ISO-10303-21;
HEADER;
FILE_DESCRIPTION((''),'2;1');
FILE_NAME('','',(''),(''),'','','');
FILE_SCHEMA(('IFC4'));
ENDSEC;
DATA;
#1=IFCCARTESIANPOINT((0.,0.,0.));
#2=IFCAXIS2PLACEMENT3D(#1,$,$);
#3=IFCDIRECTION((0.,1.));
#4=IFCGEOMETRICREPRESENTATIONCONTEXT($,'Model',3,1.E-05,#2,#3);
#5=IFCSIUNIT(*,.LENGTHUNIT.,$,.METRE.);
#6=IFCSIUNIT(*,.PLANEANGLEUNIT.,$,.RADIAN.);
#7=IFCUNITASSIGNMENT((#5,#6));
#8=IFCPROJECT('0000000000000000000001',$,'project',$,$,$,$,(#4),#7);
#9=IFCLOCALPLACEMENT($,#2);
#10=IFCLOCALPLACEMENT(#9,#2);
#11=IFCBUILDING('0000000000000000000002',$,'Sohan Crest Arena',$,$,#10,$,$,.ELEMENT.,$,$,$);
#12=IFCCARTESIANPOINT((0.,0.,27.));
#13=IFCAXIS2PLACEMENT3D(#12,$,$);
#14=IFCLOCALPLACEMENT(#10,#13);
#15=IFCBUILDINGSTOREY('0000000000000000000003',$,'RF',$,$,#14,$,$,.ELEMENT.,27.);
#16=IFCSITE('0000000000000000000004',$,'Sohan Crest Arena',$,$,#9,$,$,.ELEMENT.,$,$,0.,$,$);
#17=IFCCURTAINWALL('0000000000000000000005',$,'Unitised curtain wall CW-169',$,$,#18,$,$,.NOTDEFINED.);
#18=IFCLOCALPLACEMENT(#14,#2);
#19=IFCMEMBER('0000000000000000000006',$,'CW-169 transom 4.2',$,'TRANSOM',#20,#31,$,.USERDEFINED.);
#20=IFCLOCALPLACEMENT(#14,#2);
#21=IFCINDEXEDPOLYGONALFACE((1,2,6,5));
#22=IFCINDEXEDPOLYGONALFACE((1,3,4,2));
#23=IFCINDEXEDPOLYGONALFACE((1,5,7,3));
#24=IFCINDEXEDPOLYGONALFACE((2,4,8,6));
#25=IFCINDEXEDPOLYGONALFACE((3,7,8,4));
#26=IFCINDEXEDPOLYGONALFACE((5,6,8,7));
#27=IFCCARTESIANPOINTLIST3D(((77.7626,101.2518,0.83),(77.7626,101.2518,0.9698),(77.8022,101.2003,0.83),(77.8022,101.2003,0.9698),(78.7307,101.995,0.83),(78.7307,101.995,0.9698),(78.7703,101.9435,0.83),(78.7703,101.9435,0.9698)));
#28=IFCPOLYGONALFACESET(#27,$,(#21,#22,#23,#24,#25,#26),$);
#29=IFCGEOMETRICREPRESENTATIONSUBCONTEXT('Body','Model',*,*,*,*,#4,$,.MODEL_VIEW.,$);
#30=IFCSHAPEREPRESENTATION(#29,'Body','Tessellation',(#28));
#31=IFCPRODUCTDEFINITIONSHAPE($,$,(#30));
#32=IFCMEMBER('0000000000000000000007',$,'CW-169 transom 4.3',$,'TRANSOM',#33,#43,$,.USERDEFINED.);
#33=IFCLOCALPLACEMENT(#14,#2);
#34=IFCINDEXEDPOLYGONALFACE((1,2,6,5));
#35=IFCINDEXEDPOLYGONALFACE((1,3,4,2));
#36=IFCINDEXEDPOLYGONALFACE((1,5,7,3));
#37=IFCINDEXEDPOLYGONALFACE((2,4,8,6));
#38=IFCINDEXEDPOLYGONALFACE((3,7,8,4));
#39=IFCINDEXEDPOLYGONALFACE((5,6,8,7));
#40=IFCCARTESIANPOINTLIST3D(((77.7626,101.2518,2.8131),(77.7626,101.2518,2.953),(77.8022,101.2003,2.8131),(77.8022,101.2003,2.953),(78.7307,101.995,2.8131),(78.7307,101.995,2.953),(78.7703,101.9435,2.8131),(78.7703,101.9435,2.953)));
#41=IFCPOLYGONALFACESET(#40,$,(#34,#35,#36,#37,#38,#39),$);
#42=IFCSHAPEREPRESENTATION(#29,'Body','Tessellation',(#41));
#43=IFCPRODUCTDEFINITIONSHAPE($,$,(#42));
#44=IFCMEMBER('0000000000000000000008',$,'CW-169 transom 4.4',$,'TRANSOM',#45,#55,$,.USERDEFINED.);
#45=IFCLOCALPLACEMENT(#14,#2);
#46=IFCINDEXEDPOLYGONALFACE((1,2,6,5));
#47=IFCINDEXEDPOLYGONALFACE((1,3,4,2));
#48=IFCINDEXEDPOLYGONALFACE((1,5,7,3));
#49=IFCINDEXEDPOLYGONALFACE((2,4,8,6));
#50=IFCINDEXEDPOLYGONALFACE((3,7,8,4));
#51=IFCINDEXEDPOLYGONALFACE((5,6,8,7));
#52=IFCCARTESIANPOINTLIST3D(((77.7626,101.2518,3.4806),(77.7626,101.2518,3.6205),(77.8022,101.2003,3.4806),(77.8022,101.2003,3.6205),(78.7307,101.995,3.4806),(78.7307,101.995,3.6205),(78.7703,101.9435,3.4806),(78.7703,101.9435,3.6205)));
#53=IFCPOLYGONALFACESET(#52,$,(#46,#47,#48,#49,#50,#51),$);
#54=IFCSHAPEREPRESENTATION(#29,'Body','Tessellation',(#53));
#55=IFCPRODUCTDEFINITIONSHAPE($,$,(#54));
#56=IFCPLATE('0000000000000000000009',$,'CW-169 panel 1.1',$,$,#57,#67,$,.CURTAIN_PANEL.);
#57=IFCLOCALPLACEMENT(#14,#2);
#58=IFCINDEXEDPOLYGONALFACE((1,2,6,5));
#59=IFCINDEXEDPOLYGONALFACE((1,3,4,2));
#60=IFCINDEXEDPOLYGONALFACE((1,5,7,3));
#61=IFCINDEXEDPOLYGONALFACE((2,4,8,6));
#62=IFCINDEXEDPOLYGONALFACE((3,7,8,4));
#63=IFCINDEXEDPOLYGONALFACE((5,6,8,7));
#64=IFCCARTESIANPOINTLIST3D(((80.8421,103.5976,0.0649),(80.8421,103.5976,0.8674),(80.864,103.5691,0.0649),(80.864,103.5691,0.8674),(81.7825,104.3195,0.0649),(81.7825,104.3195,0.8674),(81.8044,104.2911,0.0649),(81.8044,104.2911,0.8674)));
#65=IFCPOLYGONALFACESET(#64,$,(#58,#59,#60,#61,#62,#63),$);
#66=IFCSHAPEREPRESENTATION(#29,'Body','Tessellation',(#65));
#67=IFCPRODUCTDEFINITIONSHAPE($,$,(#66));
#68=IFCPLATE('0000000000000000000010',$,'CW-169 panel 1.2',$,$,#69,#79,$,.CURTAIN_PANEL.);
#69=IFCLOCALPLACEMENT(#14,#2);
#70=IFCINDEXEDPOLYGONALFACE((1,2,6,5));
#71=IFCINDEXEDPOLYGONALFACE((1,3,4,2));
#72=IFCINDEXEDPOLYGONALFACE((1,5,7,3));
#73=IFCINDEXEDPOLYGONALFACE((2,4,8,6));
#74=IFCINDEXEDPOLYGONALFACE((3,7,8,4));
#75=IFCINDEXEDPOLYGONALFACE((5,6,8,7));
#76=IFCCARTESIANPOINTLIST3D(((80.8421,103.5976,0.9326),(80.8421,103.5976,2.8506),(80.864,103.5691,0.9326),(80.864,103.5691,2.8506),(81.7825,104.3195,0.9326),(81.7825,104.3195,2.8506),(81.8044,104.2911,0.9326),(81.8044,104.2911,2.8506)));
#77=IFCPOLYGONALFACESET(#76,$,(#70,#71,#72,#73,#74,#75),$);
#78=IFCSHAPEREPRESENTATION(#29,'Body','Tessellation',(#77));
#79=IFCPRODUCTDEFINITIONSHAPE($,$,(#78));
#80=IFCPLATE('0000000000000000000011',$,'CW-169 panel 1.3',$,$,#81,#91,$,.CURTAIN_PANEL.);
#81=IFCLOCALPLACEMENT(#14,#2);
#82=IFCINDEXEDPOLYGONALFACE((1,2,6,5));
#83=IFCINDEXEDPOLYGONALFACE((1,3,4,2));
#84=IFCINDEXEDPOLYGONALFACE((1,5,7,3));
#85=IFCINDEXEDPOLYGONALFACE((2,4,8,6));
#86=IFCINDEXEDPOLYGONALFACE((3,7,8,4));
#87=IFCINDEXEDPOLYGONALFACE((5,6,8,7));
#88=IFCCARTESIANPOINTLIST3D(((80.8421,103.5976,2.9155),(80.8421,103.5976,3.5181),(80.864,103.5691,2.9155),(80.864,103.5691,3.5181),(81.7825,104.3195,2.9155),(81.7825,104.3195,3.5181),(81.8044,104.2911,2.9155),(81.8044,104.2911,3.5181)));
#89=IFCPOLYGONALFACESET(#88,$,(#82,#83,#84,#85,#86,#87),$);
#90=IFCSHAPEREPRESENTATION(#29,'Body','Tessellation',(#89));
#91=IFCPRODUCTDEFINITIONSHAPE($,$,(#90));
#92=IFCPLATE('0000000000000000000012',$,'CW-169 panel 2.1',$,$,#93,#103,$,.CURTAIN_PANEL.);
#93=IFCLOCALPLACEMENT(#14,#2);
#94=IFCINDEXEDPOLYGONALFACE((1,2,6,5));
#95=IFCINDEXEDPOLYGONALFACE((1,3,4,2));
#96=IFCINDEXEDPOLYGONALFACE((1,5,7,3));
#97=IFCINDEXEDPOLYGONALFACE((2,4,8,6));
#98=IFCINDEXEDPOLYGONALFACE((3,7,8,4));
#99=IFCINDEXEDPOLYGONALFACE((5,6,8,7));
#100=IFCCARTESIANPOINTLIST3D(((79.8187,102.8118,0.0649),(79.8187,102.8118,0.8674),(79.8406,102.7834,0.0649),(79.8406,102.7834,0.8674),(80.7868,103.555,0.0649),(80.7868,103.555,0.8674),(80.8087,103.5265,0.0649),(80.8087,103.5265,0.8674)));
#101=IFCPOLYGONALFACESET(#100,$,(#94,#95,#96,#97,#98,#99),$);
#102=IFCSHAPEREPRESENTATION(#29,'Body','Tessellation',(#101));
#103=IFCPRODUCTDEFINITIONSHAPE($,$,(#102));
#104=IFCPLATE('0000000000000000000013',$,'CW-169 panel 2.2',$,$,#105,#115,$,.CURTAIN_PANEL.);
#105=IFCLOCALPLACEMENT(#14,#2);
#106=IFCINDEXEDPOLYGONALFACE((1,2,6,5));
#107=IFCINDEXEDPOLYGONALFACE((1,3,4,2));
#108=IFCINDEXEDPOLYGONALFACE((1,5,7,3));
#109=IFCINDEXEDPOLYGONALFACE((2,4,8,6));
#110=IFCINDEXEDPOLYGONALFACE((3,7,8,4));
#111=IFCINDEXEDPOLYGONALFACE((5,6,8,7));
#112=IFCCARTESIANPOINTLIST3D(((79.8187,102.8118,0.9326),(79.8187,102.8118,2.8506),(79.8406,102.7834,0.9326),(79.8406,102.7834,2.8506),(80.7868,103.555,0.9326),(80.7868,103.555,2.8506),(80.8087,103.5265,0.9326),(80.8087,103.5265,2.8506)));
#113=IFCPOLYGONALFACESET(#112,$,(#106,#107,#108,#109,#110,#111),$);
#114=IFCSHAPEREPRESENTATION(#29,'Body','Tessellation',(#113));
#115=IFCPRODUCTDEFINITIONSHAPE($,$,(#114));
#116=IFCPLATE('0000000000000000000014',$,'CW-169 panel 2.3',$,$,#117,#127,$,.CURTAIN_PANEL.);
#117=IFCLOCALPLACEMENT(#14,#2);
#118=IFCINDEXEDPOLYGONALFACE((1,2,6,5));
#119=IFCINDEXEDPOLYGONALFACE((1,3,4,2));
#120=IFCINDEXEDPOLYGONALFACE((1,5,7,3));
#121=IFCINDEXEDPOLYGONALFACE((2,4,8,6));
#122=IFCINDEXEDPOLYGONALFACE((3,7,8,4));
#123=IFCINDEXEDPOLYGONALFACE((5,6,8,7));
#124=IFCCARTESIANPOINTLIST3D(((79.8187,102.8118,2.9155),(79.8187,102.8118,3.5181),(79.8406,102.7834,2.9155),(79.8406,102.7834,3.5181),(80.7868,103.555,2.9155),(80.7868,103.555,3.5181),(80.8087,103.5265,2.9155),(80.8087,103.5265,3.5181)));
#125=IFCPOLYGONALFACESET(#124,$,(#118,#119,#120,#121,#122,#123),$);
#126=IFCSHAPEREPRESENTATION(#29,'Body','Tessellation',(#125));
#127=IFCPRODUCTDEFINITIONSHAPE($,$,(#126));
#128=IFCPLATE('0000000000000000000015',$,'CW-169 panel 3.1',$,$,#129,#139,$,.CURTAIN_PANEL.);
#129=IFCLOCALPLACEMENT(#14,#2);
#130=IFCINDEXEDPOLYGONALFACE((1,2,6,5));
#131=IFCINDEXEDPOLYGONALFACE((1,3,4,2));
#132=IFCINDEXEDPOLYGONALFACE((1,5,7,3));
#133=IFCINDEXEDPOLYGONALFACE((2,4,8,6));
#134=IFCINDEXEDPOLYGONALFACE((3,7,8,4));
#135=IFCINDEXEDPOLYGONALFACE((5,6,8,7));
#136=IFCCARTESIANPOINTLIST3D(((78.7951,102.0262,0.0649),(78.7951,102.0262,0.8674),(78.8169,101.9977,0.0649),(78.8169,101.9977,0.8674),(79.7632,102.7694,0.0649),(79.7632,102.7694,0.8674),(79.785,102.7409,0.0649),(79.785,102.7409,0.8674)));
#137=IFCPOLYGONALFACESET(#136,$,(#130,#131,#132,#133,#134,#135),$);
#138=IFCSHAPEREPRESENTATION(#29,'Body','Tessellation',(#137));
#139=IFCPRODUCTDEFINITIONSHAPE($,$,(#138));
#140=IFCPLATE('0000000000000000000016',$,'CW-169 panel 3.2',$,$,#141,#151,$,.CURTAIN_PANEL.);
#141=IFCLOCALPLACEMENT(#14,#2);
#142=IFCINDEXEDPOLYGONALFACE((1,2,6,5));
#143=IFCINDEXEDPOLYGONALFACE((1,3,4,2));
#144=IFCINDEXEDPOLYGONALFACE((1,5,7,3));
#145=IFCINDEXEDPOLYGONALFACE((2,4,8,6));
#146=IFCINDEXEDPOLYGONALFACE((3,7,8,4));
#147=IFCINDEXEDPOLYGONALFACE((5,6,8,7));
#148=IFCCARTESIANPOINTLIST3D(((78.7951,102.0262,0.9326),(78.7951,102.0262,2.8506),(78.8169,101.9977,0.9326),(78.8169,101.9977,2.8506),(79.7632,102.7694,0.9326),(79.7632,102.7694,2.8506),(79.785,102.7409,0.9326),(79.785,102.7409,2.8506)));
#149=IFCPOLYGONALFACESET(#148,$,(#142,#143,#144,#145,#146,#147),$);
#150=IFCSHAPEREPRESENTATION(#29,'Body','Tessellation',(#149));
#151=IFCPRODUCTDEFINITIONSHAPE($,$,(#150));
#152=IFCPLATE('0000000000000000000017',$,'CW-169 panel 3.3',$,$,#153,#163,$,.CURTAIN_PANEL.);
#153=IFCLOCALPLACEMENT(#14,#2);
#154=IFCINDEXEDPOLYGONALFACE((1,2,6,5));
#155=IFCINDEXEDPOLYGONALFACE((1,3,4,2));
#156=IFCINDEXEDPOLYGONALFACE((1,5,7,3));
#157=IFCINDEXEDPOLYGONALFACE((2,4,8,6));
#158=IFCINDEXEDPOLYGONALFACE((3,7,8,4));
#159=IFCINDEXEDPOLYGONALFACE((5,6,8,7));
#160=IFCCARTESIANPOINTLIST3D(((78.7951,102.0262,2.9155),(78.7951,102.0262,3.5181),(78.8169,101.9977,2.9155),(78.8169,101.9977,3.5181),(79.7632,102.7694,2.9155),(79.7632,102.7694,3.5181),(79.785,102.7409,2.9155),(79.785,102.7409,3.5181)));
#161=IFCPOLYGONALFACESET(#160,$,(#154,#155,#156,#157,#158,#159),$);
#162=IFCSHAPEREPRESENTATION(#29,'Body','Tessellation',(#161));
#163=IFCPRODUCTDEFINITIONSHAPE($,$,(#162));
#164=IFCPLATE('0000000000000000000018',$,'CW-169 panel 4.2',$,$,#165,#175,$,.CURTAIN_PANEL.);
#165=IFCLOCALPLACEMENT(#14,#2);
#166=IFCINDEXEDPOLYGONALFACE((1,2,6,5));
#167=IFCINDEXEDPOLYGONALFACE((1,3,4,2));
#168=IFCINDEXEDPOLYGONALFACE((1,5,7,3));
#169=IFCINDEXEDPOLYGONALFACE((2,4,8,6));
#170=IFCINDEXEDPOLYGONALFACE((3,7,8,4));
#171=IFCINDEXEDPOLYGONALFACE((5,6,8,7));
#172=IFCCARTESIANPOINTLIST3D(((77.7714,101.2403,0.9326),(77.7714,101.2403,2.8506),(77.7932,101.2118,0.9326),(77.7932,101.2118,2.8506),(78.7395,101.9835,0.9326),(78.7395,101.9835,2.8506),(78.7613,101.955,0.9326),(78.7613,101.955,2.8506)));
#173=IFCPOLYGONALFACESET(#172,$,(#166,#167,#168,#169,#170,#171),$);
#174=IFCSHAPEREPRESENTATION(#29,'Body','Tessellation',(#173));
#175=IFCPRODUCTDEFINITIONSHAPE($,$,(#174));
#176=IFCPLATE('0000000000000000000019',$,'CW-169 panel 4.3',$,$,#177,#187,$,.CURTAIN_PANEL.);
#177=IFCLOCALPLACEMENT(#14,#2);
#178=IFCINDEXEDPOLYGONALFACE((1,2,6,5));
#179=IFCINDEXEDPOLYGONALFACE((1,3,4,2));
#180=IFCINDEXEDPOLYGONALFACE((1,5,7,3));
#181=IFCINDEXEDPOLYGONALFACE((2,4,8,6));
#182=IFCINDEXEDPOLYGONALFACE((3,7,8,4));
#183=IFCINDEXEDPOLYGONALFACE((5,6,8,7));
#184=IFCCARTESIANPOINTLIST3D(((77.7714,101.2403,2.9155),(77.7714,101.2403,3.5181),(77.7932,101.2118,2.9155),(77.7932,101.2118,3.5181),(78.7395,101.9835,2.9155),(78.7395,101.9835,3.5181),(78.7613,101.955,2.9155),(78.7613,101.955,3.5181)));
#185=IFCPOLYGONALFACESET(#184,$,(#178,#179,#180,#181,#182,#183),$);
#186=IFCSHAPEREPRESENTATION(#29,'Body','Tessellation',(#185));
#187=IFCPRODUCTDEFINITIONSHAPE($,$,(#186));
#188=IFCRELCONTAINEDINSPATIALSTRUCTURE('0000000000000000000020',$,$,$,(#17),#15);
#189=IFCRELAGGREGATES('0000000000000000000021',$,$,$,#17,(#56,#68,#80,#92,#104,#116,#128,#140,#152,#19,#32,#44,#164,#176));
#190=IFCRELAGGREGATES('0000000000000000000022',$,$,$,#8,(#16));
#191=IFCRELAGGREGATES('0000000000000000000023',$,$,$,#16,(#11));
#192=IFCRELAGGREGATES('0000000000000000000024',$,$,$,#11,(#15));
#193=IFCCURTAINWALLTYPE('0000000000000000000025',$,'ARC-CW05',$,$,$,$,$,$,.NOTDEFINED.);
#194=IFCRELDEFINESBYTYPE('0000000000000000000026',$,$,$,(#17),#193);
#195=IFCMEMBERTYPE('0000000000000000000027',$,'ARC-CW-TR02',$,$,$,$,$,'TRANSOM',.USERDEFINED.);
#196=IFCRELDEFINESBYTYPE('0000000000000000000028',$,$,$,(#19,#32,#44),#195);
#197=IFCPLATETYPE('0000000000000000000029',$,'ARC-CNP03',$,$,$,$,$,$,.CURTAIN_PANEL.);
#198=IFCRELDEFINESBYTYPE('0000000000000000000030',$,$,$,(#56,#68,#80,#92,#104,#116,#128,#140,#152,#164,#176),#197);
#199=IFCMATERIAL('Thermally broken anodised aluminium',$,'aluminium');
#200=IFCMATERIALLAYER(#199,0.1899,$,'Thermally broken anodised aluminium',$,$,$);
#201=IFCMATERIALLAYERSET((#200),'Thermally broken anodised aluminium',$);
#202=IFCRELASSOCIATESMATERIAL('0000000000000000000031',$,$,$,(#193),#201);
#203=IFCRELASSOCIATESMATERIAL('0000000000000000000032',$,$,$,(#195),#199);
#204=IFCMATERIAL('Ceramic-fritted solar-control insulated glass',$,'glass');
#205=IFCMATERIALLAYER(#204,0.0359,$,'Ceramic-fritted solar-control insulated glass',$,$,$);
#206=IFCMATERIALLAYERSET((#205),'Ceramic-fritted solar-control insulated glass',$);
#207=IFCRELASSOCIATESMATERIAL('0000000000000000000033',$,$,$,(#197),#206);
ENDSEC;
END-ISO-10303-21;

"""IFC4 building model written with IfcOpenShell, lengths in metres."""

from ifc_helpers import new_model, si_unit, direction, frame, origin, origin_2d, place, context, subcontext, project, spatial, rectangle, extrude, material, layer, layer_set, material_profile, profile_set, type_object, element, aggregate, save


model = new_model("IFC4")

# Units and contexts
model_context = context("Model", 3, precision=1e-05, world=origin(), true_north=direction((0.0, 1.0)))
body_context = subcontext(model_context, "Body", "Model", "MODEL_VIEW")
ifc_project = project(units=[si_unit("LENGTHUNIT", "METRE"), si_unit("PLANEANGLEUNIT", "RADIAN")], contexts=[model_context])

# Site, building, storey
site_placement = place(None, origin())
site = spatial("IfcSite", under=ifc_project, at=site_placement, Name="Sohan Crest Arena", CompositionType="ELEMENT", RefElevation=0.0)
building_placement = place(site_placement, origin())
building = spatial("IfcBuilding", under=site, at=building_placement, Name="Sohan Crest Arena", CompositionType="ELEMENT")
storey_placement = place(building_placement, frame((0.0, 0.0, 27.0)))
storey = spatial("IfcBuildingStorey", under=building, at=storey_placement, Name="RF", CompositionType="ELEMENT", Elevation=27.0)

# Curtain wall, members, plates
ifc_material_1 = material(Name="Thermally broken anodised aluminium", Category="aluminium")
ifc_layer_1 = layer(ifc_material_1, 0.1899, Name="Thermally broken anodised aluminium")
ifc_layer_set_1 = layer_set([ifc_layer_1], Name="Thermally broken anodised aluminium")
curtain_wall_type = type_object("IfcCurtainWallType", Name="ARC-CW05", PredefinedType="NOTDEFINED", material=ifc_layer_set_1)
curtain_wall_placement = place(storey_placement, origin())
curtain_wall = element("IfcCurtainWall", 1, at=curtain_wall_placement, inside=storey, type_object=curtain_wall_type, Name="Unitised curtain wall CW-169", PredefinedType="NOTDEFINED")
ifc_material_profile_1 = material_profile(ifc_material_1, rectangle(XDim=0.0649, YDim=0.1399, at=origin_2d()), Name="ALU-TRAN 65x140")
ifc_profile_set_1 = profile_set([ifc_material_profile_1], Name="Thermally broken anodised aluminium")
member_type_1 = type_object("IfcMemberType", Name="ARC-CW-TR02", ElementType="TRANSOM", PredefinedType="USERDEFINED", material=ifc_profile_set_1)
member_1_placement = place(storey_placement, frame((78.7505, 101.9692, 0.8999), z_axis=(-0.793204, -0.608956, 0.0), x_axis=(0.608956, -0.793204, 0.0)))
member_1 = element("IfcMember", 2, at=member_1_placement, type_object=member_type_1, Name="CW-169 transom 4.2", ObjectType="TRANSOM", PredefinedType="USERDEFINED", context=body_context, shape_type="SweptSolid", body=[
    extrude(rectangle(XDim=0.0649, YDim=0.1399, at=origin_2d()), origin(), (0.0, 0.0, 1.0), 1.2205),
])
member_2_placement = place(storey_placement, frame((78.7505, 101.9692, 2.8831), z_axis=(-0.793204, -0.608956, 0.0), x_axis=(0.608956, -0.793204, 0.0)))
member_2 = element("IfcMember", 3, at=member_2_placement, type_object=member_type_1, Name="CW-169 transom 4.3", ObjectType="TRANSOM", PredefinedType="USERDEFINED", context=body_context, shape_type="SweptSolid", body=[
    extrude(rectangle(XDim=0.0649, YDim=0.1399, at=origin_2d()), origin(), (0.0, 0.0, 1.0), 1.2205),
])
member_3_placement = place(storey_placement, frame((78.7505, 101.9692, 3.5505), z_axis=(-0.793204, -0.608956, 0.0), x_axis=(0.608956, -0.793204, 0.0)))
member_3 = element("IfcMember", 4, at=member_3_placement, type_object=member_type_1, Name="CW-169 transom 4.4", ObjectType="TRANSOM", PredefinedType="USERDEFINED", context=body_context, shape_type="SweptSolid", body=[
    extrude(rectangle(XDim=0.0649, YDim=0.1399, at=origin_2d()), origin(), (0.0, 0.0, 1.0), 1.2205),
])
ifc_material_2 = material(Name="Ceramic-fritted solar-control insulated glass", Category="glass")
ifc_layer_2 = layer(ifc_material_2, 0.0359, Name="Ceramic-fritted solar-control insulated glass")
ifc_layer_set_2 = layer_set([ifc_layer_2], Name="Ceramic-fritted solar-control insulated glass")
plate_type = type_object("IfcPlateType", Name="ARC-CNP03", PredefinedType="CURTAIN_PANEL", material=ifc_layer_set_2)
plate_1_placement = place(storey_placement, frame((81.3232, 103.9443, 0.0649), z_axis=(0.0, 0.0, 1.0), x_axis=(-0.793217, -0.608939, 0.0)))
plate_1 = element("IfcPlate", 5, at=plate_1_placement, type_object=plate_type, Name="CW-169 panel 1.1", PredefinedType="CURTAIN_PANEL", context=body_context, shape_type="SweptSolid", body=[
    extrude(rectangle(XDim=1.1855, YDim=0.0359, at=origin_2d()), origin(), (0.0, 0.0, 1.0), 0.8025),
])
plate_2_placement = place(storey_placement, frame((81.3232, 103.9443, 0.9326), z_axis=(0.0, 0.0, 1.0), x_axis=(-0.793217, -0.608939, 0.0)))
plate_2 = element("IfcPlate", 6, at=plate_2_placement, type_object=plate_type, Name="CW-169 panel 1.2", PredefinedType="CURTAIN_PANEL", context=body_context, shape_type="SweptSolid", body=[
    extrude(rectangle(XDim=1.1855, YDim=0.0359, at=origin_2d()), origin(), (0.0, 0.0, 1.0), 1.918),
])
plate_3_placement = place(storey_placement, frame((81.3232, 103.9443, 2.9155), z_axis=(0.0, 0.0, 1.0), x_axis=(-0.793217, -0.608939, 0.0)))
plate_3 = element("IfcPlate", 7, at=plate_3_placement, type_object=plate_type, Name="CW-169 panel 1.3", PredefinedType="CURTAIN_PANEL", context=body_context, shape_type="SweptSolid", body=[
    extrude(rectangle(XDim=1.1855, YDim=0.0359, at=origin_2d()), origin(), (0.0, 0.0, 1.0), 0.6025),
])
plate_4_placement = place(storey_placement, frame((80.3137, 103.1692, 0.0649), z_axis=(0.0, 0.0, 1.0), x_axis=(-0.793217, -0.608939, 0.0)))
plate_4 = element("IfcPlate", 8, at=plate_4_placement, type_object=plate_type, Name="CW-169 panel 2.1", PredefinedType="CURTAIN_PANEL", context=body_context, shape_type="SweptSolid", body=[
    extrude(rectangle(XDim=1.2205, YDim=0.0359, at=origin_2d()), origin(), (0.0, 0.0, 1.0), 0.8025),
])
plate_5_placement = place(storey_placement, frame((80.3137, 103.1692, 0.9326), z_axis=(0.0, 0.0, 1.0), x_axis=(-0.793217, -0.608939, 0.0)))
plate_5 = element("IfcPlate", 9, at=plate_5_placement, type_object=plate_type, Name="CW-169 panel 2.2", PredefinedType="CURTAIN_PANEL", context=body_context, shape_type="SweptSolid", body=[
    extrude(rectangle(XDim=1.2205, YDim=0.0359, at=origin_2d()), origin(), (0.0, 0.0, 1.0), 1.918),
])
plate_6_placement = place(storey_placement, frame((80.3137, 103.1692, 2.9155), z_axis=(0.0, 0.0, 1.0), x_axis=(-0.793217, -0.608939, 0.0)))
plate_6 = element("IfcPlate", 10, at=plate_6_placement, type_object=plate_type, Name="CW-169 panel 2.3", PredefinedType="CURTAIN_PANEL", context=body_context, shape_type="SweptSolid", body=[
    extrude(rectangle(XDim=1.2205, YDim=0.0359, at=origin_2d()), origin(), (0.0, 0.0, 1.0), 0.6025),
])
plate_7_placement = place(storey_placement, frame((79.29, 102.3835, 0.0649), z_axis=(0.0, 0.0, 1.0), x_axis=(-0.793217, -0.608939, 0.0)))
plate_7 = element("IfcPlate", 11, at=plate_7_placement, type_object=plate_type, Name="CW-169 panel 3.1", PredefinedType="CURTAIN_PANEL", context=body_context, shape_type="SweptSolid", body=[
    extrude(rectangle(XDim=1.2205, YDim=0.0359, at=origin_2d()), origin(), (0.0, 0.0, 1.0), 0.8025),
])
plate_8_placement = place(storey_placement, frame((79.29, 102.3835, 0.9326), z_axis=(0.0, 0.0, 1.0), x_axis=(-0.793217, -0.608939, 0.0)))
plate_8 = element("IfcPlate", 12, at=plate_8_placement, type_object=plate_type, Name="CW-169 panel 3.2", PredefinedType="CURTAIN_PANEL", context=body_context, shape_type="SweptSolid", body=[
    extrude(rectangle(XDim=1.2205, YDim=0.0359, at=origin_2d()), origin(), (0.0, 0.0, 1.0), 1.918),
])
plate_9_placement = place(storey_placement, frame((79.29, 102.3835, 2.9155), z_axis=(0.0, 0.0, 1.0), x_axis=(-0.793217, -0.608939, 0.0)))
plate_9 = element("IfcPlate", 13, at=plate_9_placement, type_object=plate_type, Name="CW-169 panel 3.3", PredefinedType="CURTAIN_PANEL", context=body_context, shape_type="SweptSolid", body=[
    extrude(rectangle(XDim=1.2205, YDim=0.0359, at=origin_2d()), origin(), (0.0, 0.0, 1.0), 0.6025),
])
plate_10_placement = place(storey_placement, frame((78.2664, 101.5977, 0.9326), z_axis=(0.0, 0.0, 1.0), x_axis=(-0.793217, -0.608939, 0.0)))
plate_10 = element("IfcPlate", 14, at=plate_10_placement, type_object=plate_type, Name="CW-169 panel 4.2", PredefinedType="CURTAIN_PANEL", context=body_context, shape_type="SweptSolid", body=[
    extrude(rectangle(XDim=1.2205, YDim=0.0359, at=origin_2d()), origin(), (0.0, 0.0, 1.0), 1.918),
])
plate_11_placement = place(storey_placement, frame((78.2664, 101.5977, 2.9155), z_axis=(0.0, 0.0, 1.0), x_axis=(-0.793217, -0.608939, 0.0)))
plate_11 = element("IfcPlate", 15, at=plate_11_placement, type_object=plate_type, Name="CW-169 panel 4.3", PredefinedType="CURTAIN_PANEL", context=body_context, shape_type="SweptSolid", body=[
    extrude(rectangle(XDim=1.2205, YDim=0.0359, at=origin_2d()), origin(), (0.0, 0.0, 1.0), 0.6025),
])
aggregate(curtain_wall, [plate_1, plate_2, plate_3, plate_4, plate_5, plate_6, plate_7, plate_8, plate_9, member_1, member_2, member_3, plate_10, plate_11])

save(model, "model.ifc")
